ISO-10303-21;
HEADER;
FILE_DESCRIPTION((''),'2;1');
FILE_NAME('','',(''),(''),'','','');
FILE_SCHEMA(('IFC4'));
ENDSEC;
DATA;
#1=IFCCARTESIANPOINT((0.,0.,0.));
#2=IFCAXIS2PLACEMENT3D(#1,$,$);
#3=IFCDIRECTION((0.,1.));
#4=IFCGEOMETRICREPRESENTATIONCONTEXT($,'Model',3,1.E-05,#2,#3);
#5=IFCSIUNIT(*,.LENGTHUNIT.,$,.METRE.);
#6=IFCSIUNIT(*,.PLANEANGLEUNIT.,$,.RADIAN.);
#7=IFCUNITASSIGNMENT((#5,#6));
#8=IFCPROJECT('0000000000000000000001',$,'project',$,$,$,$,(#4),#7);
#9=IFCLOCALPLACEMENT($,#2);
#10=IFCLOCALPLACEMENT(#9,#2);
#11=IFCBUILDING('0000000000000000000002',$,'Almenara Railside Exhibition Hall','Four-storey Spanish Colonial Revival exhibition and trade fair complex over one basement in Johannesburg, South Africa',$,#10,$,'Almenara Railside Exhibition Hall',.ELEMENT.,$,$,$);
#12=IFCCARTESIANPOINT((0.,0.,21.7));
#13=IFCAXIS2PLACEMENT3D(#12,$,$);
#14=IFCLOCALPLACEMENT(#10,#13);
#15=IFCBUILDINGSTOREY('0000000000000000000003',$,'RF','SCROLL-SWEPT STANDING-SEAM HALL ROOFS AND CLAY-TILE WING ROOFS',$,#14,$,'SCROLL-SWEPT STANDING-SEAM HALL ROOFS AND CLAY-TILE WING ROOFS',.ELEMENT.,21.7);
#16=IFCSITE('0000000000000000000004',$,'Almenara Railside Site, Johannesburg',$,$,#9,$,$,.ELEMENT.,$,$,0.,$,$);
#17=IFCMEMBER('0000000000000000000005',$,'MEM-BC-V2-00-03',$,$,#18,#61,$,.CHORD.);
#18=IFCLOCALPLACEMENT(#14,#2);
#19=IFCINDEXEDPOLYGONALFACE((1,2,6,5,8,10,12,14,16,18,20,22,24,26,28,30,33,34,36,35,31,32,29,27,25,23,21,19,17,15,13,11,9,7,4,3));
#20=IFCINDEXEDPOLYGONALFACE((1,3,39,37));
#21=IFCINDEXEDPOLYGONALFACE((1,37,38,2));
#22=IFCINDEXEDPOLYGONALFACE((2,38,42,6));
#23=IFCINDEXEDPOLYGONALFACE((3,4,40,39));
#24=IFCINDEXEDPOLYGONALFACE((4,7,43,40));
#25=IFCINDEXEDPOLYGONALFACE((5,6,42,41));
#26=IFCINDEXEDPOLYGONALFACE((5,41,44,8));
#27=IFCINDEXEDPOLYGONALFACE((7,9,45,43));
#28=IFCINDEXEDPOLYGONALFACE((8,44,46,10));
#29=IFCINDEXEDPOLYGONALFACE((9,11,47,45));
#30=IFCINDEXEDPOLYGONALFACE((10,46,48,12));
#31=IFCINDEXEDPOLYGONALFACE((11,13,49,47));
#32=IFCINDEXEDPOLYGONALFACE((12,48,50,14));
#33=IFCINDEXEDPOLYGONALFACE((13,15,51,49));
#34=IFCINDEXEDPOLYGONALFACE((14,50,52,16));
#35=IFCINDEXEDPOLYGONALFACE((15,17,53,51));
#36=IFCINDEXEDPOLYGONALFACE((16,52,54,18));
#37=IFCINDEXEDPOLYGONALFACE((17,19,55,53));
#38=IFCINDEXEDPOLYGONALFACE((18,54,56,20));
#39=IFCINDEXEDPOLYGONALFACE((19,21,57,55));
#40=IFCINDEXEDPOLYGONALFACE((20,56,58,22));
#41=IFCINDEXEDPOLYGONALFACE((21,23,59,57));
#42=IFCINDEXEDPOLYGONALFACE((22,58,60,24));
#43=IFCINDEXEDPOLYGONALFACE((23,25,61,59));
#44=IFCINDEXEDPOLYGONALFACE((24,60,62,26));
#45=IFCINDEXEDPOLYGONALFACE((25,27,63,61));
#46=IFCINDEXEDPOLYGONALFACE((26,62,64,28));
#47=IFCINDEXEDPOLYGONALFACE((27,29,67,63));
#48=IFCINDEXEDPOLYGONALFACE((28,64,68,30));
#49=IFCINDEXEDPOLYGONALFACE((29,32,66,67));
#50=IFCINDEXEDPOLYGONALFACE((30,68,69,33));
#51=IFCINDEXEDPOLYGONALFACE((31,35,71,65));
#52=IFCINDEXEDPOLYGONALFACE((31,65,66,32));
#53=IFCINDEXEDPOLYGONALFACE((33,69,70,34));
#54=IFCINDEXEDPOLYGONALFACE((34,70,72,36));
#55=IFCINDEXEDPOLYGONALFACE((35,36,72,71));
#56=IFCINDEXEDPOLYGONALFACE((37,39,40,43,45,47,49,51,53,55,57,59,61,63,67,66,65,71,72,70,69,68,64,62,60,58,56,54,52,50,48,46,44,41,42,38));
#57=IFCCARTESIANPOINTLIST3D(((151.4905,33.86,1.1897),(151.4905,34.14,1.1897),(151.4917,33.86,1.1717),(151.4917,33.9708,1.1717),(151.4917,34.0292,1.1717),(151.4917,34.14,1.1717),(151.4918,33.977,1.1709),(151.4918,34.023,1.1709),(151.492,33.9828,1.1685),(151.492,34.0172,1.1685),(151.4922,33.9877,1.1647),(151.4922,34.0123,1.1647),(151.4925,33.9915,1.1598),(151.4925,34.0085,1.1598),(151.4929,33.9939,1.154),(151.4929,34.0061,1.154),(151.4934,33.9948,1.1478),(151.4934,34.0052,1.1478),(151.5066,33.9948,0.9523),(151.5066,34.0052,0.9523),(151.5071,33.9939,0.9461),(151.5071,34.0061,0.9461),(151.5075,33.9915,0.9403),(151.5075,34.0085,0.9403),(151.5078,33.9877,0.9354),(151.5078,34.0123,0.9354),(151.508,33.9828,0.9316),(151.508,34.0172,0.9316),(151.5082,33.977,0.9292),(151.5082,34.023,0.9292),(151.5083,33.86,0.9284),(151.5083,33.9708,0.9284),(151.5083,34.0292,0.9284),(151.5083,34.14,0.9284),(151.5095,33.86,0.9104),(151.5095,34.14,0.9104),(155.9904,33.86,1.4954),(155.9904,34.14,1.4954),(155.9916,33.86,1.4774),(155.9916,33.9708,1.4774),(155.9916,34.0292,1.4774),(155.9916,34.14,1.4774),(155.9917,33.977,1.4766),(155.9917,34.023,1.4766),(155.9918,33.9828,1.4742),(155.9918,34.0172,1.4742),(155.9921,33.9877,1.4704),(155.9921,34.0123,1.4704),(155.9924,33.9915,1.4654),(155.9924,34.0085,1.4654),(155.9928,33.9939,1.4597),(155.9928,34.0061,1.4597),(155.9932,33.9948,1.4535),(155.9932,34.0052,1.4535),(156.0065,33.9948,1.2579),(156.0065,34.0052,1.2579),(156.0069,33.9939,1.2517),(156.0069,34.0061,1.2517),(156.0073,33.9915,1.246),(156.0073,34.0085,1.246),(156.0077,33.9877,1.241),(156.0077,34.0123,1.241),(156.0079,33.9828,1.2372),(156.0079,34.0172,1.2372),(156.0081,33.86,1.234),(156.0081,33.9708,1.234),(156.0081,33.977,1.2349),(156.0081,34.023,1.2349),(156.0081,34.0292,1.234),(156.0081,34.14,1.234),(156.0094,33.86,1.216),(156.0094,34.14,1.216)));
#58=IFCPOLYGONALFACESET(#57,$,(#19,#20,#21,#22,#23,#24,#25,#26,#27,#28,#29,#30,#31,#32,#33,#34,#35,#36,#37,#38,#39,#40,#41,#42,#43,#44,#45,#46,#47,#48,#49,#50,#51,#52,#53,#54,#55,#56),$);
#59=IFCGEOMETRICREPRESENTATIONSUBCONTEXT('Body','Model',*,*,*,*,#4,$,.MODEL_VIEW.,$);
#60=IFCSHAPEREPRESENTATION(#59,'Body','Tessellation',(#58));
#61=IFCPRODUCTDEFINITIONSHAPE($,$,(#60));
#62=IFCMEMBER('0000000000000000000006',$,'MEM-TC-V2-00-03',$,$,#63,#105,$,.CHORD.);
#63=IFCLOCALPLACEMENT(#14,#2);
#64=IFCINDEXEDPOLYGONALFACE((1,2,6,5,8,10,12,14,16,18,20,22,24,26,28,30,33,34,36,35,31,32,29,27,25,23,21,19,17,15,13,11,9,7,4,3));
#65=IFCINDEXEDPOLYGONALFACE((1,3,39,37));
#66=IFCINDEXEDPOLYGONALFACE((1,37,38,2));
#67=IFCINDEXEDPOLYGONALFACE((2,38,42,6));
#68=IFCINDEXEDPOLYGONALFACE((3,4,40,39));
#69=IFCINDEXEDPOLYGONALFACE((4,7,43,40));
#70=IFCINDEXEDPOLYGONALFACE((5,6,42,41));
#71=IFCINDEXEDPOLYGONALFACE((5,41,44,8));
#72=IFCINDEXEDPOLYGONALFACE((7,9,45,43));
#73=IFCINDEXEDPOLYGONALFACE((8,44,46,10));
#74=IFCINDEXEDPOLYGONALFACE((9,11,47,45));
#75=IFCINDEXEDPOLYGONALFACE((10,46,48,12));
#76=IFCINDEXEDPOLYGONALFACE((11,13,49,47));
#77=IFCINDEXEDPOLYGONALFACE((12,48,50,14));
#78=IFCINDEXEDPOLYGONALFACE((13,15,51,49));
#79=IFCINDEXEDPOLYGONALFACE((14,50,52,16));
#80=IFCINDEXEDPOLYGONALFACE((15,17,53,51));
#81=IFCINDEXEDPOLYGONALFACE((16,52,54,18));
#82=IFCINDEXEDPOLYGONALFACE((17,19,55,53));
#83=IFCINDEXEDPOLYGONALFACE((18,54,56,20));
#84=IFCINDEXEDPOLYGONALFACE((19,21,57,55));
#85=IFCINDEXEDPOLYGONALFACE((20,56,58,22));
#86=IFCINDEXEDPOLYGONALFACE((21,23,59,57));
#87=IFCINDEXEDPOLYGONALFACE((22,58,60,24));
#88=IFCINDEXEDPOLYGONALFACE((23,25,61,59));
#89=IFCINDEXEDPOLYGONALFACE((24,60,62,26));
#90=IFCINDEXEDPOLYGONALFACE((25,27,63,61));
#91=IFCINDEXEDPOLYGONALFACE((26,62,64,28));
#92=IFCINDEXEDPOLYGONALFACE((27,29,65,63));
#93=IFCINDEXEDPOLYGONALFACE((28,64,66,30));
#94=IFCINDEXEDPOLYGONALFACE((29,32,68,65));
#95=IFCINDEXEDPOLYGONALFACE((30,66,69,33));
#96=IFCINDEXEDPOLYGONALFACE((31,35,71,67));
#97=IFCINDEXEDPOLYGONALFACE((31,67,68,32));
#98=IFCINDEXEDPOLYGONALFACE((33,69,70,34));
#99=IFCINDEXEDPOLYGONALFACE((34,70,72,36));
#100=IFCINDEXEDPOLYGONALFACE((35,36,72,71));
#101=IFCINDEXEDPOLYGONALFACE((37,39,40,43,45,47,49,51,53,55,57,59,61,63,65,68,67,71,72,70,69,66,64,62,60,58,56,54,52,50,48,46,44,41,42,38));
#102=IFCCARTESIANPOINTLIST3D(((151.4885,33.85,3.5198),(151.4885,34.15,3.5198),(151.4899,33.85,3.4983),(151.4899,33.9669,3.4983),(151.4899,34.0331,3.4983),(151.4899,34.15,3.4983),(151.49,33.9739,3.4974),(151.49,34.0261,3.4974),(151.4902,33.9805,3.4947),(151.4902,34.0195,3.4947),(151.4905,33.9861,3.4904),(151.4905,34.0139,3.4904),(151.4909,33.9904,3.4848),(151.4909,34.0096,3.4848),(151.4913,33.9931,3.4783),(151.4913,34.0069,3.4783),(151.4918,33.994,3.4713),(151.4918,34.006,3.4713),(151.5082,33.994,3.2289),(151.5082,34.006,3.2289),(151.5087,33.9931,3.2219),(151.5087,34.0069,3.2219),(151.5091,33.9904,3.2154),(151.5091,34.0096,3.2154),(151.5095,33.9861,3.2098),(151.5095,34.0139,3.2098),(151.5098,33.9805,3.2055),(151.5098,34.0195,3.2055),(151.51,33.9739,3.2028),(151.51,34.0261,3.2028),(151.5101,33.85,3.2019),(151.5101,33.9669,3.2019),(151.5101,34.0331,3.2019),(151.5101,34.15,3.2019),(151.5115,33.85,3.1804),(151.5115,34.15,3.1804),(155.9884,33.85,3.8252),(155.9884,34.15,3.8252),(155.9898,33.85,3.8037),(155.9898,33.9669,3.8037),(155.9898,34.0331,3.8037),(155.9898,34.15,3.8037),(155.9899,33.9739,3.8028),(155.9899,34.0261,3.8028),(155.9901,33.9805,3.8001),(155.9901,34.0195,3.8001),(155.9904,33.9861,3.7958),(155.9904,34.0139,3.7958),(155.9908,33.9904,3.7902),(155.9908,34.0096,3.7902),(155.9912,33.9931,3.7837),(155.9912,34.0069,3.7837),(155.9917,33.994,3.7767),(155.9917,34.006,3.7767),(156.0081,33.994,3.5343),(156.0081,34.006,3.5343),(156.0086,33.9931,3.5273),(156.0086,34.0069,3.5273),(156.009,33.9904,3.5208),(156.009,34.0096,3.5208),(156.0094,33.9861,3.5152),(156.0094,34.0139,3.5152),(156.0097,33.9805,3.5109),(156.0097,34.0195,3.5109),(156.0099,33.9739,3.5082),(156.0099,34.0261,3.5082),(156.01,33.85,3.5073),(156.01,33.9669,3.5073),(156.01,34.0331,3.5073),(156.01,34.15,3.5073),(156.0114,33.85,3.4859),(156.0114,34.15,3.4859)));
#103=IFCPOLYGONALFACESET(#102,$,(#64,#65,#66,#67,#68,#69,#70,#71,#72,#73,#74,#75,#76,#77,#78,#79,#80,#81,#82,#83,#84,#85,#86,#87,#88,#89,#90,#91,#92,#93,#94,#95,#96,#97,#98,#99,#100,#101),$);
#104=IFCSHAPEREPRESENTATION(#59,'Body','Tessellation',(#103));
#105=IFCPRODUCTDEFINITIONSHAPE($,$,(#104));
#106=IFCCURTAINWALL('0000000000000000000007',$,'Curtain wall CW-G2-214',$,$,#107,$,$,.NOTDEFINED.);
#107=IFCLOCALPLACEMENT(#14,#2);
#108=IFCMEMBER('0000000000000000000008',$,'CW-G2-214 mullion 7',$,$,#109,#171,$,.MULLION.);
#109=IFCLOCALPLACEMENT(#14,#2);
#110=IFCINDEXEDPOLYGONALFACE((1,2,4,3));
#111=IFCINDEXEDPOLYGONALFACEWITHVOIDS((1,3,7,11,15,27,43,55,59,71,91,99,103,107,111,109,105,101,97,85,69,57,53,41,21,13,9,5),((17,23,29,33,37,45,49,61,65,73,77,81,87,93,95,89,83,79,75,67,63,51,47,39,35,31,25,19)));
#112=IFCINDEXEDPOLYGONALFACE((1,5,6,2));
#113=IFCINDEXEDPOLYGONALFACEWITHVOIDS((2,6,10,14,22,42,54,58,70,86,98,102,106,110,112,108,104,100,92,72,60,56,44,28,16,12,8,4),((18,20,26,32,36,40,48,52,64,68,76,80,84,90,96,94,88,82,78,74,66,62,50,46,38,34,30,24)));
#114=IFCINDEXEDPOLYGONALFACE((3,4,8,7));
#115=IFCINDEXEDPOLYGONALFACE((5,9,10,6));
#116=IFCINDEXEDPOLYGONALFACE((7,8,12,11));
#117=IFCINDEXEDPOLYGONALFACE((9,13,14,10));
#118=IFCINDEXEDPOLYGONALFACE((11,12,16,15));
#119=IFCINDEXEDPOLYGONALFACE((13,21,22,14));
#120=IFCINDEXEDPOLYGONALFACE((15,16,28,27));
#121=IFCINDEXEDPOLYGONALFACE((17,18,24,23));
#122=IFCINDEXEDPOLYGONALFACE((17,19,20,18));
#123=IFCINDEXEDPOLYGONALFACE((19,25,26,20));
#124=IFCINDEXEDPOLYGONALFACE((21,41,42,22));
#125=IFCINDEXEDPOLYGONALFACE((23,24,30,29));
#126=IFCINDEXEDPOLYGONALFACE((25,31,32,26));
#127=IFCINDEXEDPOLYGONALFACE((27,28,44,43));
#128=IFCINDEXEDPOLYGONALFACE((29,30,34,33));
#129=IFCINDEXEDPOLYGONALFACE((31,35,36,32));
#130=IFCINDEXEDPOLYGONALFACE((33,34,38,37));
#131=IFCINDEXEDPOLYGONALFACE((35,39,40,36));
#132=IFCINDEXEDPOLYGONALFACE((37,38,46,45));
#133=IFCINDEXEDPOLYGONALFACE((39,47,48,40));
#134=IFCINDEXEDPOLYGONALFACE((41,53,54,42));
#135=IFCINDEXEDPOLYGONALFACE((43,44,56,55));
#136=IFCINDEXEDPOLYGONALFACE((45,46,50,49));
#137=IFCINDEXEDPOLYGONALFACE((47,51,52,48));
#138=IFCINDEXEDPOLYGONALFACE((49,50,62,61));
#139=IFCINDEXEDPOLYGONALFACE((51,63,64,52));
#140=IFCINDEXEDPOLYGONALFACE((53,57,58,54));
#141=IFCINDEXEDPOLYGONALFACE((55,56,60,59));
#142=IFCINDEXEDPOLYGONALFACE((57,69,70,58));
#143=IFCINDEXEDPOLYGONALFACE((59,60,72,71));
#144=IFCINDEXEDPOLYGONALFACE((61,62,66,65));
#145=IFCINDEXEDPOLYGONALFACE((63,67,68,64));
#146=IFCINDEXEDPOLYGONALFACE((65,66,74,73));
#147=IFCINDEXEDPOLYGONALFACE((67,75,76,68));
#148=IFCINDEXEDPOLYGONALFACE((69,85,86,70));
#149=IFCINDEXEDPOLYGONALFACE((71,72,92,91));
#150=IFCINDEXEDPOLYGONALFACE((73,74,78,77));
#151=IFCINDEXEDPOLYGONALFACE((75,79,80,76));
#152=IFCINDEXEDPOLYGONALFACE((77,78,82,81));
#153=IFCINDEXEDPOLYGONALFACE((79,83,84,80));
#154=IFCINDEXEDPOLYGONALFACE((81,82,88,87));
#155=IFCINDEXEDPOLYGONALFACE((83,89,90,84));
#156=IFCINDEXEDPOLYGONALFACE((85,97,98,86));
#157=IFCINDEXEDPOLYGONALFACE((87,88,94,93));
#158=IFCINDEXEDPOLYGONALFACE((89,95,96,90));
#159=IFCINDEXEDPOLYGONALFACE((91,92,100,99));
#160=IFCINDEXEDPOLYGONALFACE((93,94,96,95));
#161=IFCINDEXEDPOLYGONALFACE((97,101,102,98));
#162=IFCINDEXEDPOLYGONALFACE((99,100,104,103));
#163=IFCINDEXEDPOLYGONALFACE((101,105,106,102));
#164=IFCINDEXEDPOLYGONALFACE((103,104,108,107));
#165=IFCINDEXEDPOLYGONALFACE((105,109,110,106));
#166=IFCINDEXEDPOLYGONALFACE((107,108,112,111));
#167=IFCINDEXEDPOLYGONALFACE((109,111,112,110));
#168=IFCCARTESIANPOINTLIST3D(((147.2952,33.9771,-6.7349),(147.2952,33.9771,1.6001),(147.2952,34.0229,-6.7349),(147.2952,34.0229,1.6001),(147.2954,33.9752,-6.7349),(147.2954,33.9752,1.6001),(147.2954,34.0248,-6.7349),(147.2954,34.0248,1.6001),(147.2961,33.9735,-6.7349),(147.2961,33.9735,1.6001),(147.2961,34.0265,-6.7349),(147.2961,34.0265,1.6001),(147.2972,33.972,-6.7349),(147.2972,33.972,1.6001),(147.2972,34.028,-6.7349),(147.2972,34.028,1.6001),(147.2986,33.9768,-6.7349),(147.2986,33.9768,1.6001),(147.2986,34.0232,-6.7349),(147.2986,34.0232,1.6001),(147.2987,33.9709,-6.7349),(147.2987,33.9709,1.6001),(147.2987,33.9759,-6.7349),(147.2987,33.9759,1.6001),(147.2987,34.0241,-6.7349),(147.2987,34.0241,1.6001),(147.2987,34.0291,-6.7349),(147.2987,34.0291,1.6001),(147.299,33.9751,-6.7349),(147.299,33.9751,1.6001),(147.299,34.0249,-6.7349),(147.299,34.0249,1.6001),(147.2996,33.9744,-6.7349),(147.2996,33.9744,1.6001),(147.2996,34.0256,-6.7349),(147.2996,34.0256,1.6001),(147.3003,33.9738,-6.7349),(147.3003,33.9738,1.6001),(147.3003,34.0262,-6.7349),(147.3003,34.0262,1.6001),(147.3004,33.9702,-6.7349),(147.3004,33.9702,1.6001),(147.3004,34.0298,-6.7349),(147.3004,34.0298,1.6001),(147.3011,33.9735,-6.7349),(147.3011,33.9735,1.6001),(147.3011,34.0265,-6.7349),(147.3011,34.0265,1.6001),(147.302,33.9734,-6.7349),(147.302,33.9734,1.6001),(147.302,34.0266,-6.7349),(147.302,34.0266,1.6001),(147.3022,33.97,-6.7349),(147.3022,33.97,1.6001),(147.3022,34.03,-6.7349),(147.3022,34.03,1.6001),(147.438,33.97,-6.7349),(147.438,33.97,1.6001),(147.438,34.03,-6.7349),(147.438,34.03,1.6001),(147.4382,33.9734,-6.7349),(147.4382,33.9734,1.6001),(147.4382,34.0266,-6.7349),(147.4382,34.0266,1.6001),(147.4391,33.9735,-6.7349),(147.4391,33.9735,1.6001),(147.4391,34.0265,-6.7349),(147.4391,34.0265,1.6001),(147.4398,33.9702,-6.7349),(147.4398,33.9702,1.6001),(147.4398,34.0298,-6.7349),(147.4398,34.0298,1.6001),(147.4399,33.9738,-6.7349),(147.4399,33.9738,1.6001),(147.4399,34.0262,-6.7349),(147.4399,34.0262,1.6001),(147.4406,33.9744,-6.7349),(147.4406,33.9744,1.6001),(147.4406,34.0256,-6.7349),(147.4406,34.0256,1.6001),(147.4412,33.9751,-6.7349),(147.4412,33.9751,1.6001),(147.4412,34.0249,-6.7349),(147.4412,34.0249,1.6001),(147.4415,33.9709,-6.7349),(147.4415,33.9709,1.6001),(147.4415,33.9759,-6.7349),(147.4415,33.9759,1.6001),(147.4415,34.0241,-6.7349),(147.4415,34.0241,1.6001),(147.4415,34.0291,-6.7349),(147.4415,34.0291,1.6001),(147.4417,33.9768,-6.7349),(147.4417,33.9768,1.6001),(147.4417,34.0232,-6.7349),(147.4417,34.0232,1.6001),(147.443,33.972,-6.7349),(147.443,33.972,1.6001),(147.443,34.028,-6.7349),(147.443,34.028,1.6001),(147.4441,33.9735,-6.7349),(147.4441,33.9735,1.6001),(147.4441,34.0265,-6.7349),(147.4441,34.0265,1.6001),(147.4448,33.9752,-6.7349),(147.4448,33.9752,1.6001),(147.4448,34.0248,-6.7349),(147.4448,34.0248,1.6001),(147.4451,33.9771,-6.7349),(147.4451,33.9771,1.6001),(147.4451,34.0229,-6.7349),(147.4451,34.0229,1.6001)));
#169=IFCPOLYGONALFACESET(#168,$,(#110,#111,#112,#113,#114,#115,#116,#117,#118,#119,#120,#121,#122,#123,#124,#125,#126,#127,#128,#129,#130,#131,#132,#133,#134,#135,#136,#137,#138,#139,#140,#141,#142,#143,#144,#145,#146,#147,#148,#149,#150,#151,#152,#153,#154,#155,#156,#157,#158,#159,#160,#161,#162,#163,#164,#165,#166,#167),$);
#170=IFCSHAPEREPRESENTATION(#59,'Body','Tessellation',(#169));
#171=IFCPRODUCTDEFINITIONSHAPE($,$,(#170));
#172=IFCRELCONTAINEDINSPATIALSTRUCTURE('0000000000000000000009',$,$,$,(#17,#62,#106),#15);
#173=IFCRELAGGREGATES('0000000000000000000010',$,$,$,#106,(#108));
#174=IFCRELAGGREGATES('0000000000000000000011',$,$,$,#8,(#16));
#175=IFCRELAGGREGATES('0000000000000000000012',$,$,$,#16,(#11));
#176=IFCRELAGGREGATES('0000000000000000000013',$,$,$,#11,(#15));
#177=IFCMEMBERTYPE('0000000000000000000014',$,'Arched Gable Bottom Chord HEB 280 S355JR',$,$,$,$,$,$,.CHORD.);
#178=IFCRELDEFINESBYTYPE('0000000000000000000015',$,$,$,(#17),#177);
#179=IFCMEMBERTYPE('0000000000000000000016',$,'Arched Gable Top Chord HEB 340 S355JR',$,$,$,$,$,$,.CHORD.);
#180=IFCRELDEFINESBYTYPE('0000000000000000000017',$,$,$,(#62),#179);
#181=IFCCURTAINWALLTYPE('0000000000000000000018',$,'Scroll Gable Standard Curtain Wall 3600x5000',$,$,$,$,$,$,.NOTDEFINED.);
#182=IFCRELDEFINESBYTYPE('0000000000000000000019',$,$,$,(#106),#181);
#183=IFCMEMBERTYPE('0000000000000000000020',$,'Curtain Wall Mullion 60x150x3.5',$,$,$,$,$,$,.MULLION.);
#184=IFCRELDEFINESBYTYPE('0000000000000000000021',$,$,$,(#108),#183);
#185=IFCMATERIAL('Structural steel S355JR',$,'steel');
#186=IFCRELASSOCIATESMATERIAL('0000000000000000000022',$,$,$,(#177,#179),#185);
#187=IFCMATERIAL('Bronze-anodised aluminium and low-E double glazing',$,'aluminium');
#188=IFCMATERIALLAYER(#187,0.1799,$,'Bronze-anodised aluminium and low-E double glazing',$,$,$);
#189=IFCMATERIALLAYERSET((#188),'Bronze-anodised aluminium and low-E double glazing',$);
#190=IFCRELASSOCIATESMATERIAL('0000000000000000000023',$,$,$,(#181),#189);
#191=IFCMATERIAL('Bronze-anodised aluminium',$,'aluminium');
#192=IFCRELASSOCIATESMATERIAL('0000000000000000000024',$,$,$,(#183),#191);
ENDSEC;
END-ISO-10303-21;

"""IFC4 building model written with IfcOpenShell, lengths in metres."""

from ifc_helpers import new_model, si_unit, direction, frame, origin, origin_2d, place, context, subcontext, project, spatial, hollow_rectangle, i_section, extrude, material, layer, layer_set, material_profile, profile_set, type_object, element, aggregate, save


model = new_model("IFC4")

# Units and contexts
model_context = context("Model", 3, precision=1e-05, world=origin(), true_north=direction((0.0, 1.0)))
body_context = subcontext(model_context, "Body", "Model", "MODEL_VIEW")
ifc_project = project(units=[si_unit("LENGTHUNIT", "METRE"), si_unit("PLANEANGLEUNIT", "RADIAN")], contexts=[model_context])

# Site, building, storey
site_placement = place(None, origin())
site = spatial("IfcSite", under=ifc_project, at=site_placement, Name="Almenara Railside Site, Johannesburg", CompositionType="ELEMENT", RefElevation=0.0)
building_placement = place(site_placement, origin())
building = spatial("IfcBuilding", under=site, at=building_placement, Name="Almenara Railside Exhibition Hall", Description="Four-storey Spanish Colonial Revival exhibition and trade fair complex over one basement in Johannesburg, South Africa", LongName="Almenara Railside Exhibition Hall", CompositionType="ELEMENT")
storey_placement = place(building_placement, frame((0.0, 0.0, 21.7)))
storey = spatial("IfcBuildingStorey", under=building, at=storey_placement, Name="RF", Description="SCROLL-SWEPT STANDING-SEAM HALL ROOFS AND CLAY-TILE WING ROOFS", LongName="SCROLL-SWEPT STANDING-SEAM HALL ROOFS AND CLAY-TILE WING ROOFS", CompositionType="ELEMENT", Elevation=21.7)

# Members
ifc_material_1 = material(Name="Structural steel S355JR", Category="steel")
ifc_material_profile_1 = material_profile(ifc_material_1, i_section(OverallWidth=0.28, OverallDepth=0.28, WebThickness=0.0105, FlangeThickness=0.0181, FilletRadius=0.0239, at=origin_2d()), Name="HEB 280")
ifc_profile_set_1 = profile_set([ifc_material_profile_1], Name="Structural steel S355JR")
member_type_1 = type_object("IfcMemberType", Name="Arched Gable Bottom Chord HEB 280 S355JR", PredefinedType="CHORD", material=ifc_profile_set_1)
member_1_placement = place(storey_placement, frame((151.5, 34.0, 1.05), z_axis=(0.997701, 0.0, 0.067769), x_axis=(0.0, 1.0, 0.0)))
element("IfcMember", 1, at=member_1_placement, inside=storey, type_object=member_type_1, Name="MEM-BC-V2-00-03", PredefinedType="CHORD", context=body_context, shape_type="SweptSolid", body=[
    extrude(i_section(OverallWidth=0.28, OverallDepth=0.28, WebThickness=0.0105, FlangeThickness=0.0181, FilletRadius=0.0239, at=origin_2d()), origin(), (0.0, 0.0, 1.0), 4.5103),
])
ifc_material_profile_2 = material_profile(ifc_material_1, i_section(OverallWidth=0.3, OverallDepth=0.3401, WebThickness=0.012, FlangeThickness=0.0215, FilletRadius=0.0271, at=origin_2d()), Name="HEB 340")
ifc_profile_set_2 = profile_set([ifc_material_profile_2], Name="Structural steel S355JR")
member_type_2 = type_object("IfcMemberType", Name="Arched Gable Top Chord HEB 340 S355JR", PredefinedType="CHORD", material=ifc_profile_set_2)
member_2_placement = place(storey_placement, frame((151.5, 34.0, 3.3501), z_axis=(0.997705, 0.0, 0.067715), x_axis=(0.0, 1.0, 0.0)))
element("IfcMember", 2, at=member_2_placement, inside=storey, type_object=member_type_2, Name="MEM-TC-V2-00-03", PredefinedType="CHORD", context=body_context, shape_type="SweptSolid", body=[
    extrude(i_section(OverallWidth=0.3, OverallDepth=0.3401, WebThickness=0.012, FlangeThickness=0.0215, FilletRadius=0.0271, at=origin_2d()), origin(), (0.0, 0.0, 1.0), 4.5103),
])

# Curtain wall, member
ifc_material_2 = material(Name="Bronze-anodised aluminium and low-E double glazing", Category="aluminium")
ifc_layer_1 = layer(ifc_material_2, 0.1799, Name="Bronze-anodised aluminium and low-E double glazing")
ifc_layer_set_1 = layer_set([ifc_layer_1], Name="Bronze-anodised aluminium and low-E double glazing")
curtain_wall_type_1 = type_object("IfcCurtainWallType", Name="Scroll Gable Standard Curtain Wall 3600x5000", PredefinedType="NOTDEFINED", material=ifc_layer_set_1)
curtain_wall_1_placement = place(storey_placement, origin())
curtain_wall_1 = element("IfcCurtainWall", 3, at=curtain_wall_1_placement, inside=storey, type_object=curtain_wall_type_1, Name="Curtain wall CW-G2-214", PredefinedType="NOTDEFINED")
ifc_material_3 = material(Name="Bronze-anodised aluminium", Category="aluminium")
ifc_material_profile_3 = material_profile(ifc_material_3, hollow_rectangle(XDim=0.0601, YDim=0.1499, WallThickness=0.0034, InnerFilletRadius=0.0034, OuterFilletRadius=0.0071, at=origin_2d()), Name="ALU-MUL 60x150x3.5")
ifc_profile_set_3 = profile_set([ifc_material_profile_3], Name="Bronze-anodised aluminium")
member_type_3 = type_object("IfcMemberType", Name="Curtain Wall Mullion 60x150x3.5", PredefinedType="MULLION", material=ifc_profile_set_3)
member_3_placement = place(storey_placement, frame((147.3701, 34.0, -6.7349), z_axis=(0.0, 0.0, 1.0), x_axis=(0.0, 1.0, 0.0)))
member_3 = element("IfcMember", 4, at=member_3_placement, type_object=member_type_3, Name="CW-G2-214 mullion 7", PredefinedType="MULLION", context=body_context, shape_type="SweptSolid", body=[
    extrude(hollow_rectangle(XDim=0.0601, YDim=0.1499, WallThickness=0.0034, InnerFilletRadius=0.0034, OuterFilletRadius=0.0071, at=origin_2d()), origin(), (0.0, 0.0, 1.0), 8.335),
])
aggregate(curtain_wall_1, [member_3])

save(model, "model.ifc")
